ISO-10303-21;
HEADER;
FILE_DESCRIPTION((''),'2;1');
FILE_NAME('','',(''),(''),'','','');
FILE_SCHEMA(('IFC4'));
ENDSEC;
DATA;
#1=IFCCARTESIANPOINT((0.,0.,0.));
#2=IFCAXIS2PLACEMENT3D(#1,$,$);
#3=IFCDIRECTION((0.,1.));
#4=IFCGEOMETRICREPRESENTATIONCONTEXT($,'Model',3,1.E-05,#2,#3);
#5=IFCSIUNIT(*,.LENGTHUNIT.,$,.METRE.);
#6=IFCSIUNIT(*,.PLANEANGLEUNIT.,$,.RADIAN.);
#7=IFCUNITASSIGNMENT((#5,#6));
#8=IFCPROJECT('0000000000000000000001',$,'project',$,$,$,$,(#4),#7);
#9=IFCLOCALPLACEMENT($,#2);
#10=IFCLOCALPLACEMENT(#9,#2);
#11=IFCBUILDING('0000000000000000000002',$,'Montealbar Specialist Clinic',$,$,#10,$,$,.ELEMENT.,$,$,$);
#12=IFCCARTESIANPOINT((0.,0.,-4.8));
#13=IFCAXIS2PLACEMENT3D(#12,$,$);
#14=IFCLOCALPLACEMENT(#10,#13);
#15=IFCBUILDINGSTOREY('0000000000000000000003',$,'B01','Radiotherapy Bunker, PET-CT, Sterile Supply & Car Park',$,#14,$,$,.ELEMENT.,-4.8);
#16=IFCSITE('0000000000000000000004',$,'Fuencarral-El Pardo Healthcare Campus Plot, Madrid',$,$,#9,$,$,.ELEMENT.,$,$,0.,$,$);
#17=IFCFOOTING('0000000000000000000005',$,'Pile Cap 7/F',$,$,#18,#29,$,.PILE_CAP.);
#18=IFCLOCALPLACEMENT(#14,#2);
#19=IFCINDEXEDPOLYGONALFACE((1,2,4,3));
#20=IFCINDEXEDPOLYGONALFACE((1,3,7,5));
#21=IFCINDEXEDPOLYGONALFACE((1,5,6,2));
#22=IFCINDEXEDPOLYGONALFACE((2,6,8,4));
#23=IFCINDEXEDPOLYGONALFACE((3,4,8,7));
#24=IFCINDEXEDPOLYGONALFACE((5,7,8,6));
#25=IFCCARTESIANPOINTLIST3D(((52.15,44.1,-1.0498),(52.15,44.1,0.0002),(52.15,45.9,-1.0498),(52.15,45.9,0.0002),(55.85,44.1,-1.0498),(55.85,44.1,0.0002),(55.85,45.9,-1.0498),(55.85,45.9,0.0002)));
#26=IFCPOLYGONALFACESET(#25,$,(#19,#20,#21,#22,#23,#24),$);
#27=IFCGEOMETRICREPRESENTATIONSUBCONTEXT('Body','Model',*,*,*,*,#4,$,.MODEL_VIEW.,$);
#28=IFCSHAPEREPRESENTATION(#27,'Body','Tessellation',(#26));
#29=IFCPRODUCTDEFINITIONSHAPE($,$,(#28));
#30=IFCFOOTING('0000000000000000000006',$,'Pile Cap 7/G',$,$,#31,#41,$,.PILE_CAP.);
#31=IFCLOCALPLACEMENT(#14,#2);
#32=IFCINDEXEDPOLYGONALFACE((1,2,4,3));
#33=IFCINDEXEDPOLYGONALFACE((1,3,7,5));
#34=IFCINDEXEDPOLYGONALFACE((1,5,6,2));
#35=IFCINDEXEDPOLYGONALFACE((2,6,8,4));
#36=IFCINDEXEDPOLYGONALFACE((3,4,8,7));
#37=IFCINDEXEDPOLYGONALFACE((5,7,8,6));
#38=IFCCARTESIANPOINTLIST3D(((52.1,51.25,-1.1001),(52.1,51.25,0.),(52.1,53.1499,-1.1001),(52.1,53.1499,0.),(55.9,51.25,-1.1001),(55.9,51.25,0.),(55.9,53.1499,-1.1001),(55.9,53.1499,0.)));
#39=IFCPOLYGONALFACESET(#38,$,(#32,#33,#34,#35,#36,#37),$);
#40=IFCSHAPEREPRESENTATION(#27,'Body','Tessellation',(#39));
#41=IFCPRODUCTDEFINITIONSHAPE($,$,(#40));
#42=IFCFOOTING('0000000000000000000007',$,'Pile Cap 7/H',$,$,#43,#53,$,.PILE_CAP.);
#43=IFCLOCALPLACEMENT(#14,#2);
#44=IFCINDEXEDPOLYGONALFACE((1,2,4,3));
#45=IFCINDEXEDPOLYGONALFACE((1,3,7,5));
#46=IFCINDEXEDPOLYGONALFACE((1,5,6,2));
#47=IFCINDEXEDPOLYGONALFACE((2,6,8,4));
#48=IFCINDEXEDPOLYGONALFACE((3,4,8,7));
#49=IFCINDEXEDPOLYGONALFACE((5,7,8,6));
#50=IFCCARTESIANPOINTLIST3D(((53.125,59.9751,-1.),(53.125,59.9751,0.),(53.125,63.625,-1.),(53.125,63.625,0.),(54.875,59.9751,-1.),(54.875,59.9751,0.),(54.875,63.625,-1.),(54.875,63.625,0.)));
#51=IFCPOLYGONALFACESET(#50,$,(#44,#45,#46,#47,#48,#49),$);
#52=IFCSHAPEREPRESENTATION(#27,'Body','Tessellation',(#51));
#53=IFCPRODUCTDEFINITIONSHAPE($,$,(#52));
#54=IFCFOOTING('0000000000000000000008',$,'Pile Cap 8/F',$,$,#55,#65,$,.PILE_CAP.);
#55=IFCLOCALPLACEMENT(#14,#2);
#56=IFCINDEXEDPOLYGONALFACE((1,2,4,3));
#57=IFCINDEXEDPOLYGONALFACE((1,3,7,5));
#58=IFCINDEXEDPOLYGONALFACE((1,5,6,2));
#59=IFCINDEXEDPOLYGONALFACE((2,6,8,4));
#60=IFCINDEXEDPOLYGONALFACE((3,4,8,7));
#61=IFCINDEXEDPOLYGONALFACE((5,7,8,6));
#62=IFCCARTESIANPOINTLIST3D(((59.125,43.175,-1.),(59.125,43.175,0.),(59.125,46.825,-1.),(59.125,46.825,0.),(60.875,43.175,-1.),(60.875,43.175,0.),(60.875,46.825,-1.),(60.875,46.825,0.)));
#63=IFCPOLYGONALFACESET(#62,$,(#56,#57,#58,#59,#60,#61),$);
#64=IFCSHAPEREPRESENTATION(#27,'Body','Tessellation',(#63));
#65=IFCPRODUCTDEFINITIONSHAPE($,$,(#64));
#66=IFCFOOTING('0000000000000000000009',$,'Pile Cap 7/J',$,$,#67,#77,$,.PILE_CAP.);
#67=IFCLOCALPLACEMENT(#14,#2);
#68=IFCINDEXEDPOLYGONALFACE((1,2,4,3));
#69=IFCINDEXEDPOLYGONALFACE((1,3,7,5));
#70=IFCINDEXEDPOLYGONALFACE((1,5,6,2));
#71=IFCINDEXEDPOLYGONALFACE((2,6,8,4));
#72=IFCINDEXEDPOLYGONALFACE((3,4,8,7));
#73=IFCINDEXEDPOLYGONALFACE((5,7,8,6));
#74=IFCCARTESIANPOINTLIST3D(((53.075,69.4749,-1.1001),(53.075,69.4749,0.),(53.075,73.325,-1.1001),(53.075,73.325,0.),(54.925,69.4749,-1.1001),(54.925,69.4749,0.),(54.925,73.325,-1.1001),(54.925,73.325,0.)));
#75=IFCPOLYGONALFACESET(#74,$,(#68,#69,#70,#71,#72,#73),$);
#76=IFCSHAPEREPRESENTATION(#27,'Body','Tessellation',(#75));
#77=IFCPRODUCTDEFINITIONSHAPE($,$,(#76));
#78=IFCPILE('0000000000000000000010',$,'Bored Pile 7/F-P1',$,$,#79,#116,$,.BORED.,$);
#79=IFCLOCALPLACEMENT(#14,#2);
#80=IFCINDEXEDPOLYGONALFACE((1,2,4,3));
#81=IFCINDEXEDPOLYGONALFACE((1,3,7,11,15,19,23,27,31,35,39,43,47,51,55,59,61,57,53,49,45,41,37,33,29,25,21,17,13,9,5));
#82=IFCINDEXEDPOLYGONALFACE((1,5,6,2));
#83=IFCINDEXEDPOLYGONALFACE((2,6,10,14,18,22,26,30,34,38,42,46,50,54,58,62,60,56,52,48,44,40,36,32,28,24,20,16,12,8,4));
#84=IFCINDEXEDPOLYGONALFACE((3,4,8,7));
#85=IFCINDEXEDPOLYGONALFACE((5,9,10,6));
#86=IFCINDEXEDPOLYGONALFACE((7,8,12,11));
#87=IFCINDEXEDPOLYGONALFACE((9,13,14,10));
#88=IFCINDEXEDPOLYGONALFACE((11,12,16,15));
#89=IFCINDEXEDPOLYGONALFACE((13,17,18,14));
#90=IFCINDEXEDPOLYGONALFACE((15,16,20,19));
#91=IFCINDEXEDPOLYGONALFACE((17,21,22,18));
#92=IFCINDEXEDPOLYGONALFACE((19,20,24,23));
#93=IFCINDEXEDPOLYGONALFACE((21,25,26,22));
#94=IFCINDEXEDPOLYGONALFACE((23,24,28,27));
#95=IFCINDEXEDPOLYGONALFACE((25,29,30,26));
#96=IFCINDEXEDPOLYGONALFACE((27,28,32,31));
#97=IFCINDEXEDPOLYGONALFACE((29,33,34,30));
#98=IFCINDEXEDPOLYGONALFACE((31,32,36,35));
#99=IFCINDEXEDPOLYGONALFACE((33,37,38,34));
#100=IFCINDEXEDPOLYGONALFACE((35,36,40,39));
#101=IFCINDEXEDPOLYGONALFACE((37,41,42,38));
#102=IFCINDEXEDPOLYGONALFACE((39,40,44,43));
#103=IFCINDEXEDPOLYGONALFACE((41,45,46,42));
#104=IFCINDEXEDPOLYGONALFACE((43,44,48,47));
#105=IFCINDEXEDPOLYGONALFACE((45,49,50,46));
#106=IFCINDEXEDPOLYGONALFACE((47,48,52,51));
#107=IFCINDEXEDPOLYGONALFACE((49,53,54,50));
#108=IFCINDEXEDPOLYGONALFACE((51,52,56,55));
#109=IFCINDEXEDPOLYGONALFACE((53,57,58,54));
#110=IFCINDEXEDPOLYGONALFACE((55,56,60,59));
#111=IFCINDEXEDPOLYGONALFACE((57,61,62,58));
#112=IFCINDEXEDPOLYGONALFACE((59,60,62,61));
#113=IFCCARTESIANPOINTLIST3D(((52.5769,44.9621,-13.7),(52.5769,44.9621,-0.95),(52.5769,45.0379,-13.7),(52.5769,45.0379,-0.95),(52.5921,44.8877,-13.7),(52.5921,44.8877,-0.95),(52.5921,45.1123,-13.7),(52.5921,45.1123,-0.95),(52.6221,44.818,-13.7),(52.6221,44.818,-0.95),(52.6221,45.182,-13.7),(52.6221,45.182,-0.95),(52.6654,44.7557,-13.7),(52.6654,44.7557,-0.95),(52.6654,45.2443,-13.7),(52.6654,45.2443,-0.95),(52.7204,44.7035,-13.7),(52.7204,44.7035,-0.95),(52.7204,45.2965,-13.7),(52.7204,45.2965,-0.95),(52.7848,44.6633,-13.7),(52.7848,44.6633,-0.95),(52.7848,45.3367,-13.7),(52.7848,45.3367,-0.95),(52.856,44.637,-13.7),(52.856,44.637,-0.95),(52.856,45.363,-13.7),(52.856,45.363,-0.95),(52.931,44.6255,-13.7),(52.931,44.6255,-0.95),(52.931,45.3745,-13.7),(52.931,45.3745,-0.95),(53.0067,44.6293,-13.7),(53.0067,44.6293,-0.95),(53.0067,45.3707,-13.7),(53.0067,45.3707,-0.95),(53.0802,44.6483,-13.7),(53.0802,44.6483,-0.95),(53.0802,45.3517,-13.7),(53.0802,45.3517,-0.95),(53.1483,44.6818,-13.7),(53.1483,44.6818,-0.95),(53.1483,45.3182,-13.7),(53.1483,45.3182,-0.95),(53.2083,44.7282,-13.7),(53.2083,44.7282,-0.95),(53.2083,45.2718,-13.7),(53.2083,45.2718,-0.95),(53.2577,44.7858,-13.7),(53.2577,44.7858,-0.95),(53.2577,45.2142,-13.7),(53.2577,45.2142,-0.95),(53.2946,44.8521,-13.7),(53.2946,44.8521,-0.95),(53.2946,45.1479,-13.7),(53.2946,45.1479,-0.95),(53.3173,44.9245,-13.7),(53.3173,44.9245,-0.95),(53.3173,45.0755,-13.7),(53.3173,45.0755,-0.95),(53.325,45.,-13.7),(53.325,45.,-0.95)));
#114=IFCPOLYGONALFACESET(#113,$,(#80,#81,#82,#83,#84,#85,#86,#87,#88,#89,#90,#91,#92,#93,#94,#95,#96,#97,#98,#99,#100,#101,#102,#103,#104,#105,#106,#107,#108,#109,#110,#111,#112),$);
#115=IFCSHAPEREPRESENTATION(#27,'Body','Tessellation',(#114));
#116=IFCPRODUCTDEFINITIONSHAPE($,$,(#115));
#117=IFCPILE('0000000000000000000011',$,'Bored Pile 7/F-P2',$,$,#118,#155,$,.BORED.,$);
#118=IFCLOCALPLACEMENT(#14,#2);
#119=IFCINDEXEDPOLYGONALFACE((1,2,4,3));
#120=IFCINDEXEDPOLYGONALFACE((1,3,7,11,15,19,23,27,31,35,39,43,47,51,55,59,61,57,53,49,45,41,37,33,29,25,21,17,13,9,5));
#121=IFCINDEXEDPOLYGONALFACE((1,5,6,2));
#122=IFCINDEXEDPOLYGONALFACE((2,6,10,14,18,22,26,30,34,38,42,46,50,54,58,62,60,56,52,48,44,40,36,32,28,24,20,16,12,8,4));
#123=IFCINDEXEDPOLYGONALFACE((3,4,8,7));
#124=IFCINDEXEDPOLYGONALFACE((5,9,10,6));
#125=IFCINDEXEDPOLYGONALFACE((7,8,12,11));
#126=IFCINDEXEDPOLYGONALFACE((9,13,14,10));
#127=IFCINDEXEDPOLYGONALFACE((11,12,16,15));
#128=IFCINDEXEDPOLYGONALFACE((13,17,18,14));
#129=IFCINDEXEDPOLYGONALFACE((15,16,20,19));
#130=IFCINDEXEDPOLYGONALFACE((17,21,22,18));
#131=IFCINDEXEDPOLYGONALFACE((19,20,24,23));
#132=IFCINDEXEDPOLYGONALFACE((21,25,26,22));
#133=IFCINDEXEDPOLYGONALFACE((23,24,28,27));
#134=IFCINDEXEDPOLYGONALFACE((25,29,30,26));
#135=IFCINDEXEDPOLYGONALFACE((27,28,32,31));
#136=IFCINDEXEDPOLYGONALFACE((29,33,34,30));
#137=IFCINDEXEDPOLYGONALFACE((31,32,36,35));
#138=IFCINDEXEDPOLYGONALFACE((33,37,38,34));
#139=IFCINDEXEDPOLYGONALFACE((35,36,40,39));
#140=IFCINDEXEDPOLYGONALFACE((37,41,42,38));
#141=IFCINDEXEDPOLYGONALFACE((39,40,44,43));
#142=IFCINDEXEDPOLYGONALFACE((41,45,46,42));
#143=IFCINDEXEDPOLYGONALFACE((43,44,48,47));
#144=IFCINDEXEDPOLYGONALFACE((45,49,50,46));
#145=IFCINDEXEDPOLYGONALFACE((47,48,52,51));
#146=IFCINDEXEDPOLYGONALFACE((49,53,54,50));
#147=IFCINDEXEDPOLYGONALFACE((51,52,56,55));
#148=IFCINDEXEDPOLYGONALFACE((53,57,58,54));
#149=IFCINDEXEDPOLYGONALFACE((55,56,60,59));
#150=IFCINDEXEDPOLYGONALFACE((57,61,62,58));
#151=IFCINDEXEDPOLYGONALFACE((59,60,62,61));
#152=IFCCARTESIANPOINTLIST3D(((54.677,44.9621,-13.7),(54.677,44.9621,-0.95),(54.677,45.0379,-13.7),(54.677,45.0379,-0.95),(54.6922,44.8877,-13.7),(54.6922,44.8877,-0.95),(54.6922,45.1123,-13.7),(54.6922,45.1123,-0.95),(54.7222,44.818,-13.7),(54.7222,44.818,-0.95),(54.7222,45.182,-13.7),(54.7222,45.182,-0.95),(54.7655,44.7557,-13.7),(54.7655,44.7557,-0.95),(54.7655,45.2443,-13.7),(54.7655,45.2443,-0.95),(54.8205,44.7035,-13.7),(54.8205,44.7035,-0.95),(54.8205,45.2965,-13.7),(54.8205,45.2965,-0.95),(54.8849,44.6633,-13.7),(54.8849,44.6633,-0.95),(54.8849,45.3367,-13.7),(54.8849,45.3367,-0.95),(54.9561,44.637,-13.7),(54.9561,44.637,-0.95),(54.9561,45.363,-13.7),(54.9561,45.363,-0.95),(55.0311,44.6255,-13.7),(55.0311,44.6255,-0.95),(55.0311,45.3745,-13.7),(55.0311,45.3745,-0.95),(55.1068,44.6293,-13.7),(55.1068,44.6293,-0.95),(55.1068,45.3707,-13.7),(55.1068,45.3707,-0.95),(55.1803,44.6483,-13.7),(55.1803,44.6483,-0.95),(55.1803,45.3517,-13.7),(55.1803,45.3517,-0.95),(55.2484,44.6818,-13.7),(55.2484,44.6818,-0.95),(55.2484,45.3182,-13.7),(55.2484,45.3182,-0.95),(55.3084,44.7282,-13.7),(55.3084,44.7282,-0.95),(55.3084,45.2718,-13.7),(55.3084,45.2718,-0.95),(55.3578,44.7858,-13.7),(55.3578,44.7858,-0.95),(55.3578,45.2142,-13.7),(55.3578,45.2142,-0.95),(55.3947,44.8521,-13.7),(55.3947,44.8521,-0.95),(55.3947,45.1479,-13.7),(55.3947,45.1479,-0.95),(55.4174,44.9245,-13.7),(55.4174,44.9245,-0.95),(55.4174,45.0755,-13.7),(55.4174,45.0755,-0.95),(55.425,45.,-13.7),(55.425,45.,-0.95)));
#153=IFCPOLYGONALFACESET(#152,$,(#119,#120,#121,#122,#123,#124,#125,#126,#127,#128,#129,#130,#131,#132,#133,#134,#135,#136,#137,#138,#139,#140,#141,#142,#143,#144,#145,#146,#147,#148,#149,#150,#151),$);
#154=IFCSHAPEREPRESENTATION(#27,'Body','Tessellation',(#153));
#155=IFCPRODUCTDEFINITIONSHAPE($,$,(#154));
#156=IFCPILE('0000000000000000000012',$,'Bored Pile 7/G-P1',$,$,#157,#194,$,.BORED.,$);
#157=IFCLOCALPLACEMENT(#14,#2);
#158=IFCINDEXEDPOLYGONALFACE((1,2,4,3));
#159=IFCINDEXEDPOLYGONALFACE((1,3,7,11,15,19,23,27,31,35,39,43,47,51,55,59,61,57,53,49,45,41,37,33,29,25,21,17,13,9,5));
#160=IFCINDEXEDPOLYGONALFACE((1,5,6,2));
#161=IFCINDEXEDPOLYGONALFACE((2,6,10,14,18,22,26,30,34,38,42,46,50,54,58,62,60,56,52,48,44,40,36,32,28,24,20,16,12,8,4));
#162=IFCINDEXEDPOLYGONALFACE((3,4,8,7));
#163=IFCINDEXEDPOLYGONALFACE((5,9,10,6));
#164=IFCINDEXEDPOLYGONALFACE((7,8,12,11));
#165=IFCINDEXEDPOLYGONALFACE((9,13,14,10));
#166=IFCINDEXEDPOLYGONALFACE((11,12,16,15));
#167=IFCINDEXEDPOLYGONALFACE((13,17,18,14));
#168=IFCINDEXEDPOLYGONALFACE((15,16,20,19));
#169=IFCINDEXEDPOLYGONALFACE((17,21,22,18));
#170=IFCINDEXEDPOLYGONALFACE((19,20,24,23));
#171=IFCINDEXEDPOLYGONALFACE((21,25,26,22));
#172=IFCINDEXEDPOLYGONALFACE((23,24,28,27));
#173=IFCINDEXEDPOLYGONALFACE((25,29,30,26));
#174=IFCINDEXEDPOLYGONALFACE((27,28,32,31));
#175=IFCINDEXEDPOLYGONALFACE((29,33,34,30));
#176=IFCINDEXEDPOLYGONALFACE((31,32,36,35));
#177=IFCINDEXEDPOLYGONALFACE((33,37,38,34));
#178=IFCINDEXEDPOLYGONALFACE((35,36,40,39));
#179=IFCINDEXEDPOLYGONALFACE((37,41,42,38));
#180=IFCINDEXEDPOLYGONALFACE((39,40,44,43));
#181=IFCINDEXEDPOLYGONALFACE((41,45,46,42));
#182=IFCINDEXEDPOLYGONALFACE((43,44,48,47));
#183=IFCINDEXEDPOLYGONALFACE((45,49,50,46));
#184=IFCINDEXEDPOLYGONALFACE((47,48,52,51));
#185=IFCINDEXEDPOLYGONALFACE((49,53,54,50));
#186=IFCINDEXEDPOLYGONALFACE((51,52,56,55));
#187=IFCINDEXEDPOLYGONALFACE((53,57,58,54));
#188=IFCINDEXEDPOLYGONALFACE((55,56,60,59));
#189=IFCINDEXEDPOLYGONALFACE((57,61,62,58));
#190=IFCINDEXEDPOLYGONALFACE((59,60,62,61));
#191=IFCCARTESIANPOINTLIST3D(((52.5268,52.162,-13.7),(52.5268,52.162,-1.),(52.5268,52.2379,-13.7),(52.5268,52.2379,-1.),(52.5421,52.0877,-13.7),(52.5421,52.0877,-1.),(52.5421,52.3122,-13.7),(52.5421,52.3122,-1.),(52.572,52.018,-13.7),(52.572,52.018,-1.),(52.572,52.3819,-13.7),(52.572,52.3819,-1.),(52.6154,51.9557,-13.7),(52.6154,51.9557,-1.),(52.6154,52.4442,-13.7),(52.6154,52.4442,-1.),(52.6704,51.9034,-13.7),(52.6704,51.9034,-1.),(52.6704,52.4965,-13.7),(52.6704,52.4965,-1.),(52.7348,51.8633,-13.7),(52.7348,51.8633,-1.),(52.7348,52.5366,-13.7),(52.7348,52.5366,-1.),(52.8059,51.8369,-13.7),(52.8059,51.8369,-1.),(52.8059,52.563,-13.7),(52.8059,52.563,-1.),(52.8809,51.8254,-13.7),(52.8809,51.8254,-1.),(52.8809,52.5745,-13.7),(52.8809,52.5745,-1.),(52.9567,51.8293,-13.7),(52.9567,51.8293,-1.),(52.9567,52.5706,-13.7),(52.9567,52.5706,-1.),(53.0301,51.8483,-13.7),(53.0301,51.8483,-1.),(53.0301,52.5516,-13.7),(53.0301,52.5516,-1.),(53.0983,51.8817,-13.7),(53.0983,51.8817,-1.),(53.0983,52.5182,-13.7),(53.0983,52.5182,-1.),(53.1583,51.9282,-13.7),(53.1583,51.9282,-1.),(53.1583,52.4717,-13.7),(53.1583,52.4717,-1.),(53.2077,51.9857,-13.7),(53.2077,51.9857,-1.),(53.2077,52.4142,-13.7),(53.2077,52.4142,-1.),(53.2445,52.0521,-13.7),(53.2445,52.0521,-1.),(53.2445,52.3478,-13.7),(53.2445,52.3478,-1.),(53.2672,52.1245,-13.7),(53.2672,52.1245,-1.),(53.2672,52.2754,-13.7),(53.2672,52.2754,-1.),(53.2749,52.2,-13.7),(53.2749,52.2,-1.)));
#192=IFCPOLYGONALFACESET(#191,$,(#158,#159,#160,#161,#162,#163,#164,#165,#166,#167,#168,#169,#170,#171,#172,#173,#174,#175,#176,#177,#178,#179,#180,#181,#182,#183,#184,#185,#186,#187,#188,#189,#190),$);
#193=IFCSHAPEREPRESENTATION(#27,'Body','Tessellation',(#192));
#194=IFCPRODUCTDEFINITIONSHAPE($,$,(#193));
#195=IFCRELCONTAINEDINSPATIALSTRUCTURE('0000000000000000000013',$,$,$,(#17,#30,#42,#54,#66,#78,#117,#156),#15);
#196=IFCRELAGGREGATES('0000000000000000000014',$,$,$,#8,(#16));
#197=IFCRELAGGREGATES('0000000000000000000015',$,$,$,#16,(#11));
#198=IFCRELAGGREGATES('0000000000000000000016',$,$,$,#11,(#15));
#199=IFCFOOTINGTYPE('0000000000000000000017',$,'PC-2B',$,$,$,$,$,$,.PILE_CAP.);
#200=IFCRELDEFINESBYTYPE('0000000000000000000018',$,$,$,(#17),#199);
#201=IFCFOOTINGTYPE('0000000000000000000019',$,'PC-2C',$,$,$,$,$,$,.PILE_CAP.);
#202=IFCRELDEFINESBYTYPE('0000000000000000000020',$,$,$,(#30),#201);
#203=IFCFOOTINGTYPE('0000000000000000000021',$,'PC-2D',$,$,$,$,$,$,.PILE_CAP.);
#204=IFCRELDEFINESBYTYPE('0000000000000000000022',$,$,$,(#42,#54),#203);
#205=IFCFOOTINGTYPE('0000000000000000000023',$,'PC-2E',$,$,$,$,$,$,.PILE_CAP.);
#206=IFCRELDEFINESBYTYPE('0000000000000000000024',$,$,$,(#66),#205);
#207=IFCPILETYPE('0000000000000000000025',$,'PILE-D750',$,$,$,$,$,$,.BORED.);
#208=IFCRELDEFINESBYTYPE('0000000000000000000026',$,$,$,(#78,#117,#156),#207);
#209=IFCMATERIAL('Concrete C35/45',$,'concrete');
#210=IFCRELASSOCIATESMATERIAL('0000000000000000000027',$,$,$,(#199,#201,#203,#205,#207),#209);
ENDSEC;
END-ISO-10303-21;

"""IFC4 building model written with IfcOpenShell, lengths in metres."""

from ifc_helpers import new_model, si_unit, direction, frame, origin, origin_2d, place, context, subcontext, project, spatial, rectangle, circle, extrude, material, material_profile, profile_set, type_object, element, save


model = new_model("IFC4")

# Units and contexts
model_context = context("Model", 3, precision=1e-05, world=origin(), true_north=direction((0.0, 1.0)))
body_context = subcontext(model_context, "Body", "Model", "MODEL_VIEW")
ifc_project = project(units=[si_unit("LENGTHUNIT", "METRE"), si_unit("PLANEANGLEUNIT", "RADIAN")], contexts=[model_context])

# Site, building, storey
site_placement = place(None, origin())
site = spatial("IfcSite", under=ifc_project, at=site_placement, Name="Fuencarral-El Pardo Healthcare Campus Plot, Madrid", CompositionType="ELEMENT", RefElevation=0.0)
building_placement = place(site_placement, origin())
building = spatial("IfcBuilding", under=site, at=building_placement, Name="Montealbar Specialist Clinic", CompositionType="ELEMENT")
storey_placement = place(building_placement, frame((0.0, 0.0, -4.8)))
storey = spatial("IfcBuildingStorey", under=building, at=storey_placement, Name="B01", Description="Radiotherapy Bunker, PET-CT, Sterile Supply & Car Park", CompositionType="ELEMENT", Elevation=-4.8)

# Footings
ifc_material_1 = material(Name="Concrete C35/45", Category="concrete")
footing_type_1 = type_object("IfcFootingType", Name="PC-2B", PredefinedType="PILE_CAP", material=ifc_material_1)
footing_1_placement = place(storey_placement, frame((54.0, 45.0, -1.0498), z_axis=(0.0, 0.0, 1.0), x_axis=(1.0, 0.0, 0.0)))
element("IfcFooting", 1, at=footing_1_placement, inside=storey, type_object=footing_type_1, Name="Pile Cap 7/F", PredefinedType="PILE_CAP", context=body_context, shape_type="SweptSolid", body=[
    extrude(rectangle(XDim=3.7, YDim=1.8, at=origin_2d()), origin(), (0.0, 0.0, 1.0), 1.05),
])
footing_type_2 = type_object("IfcFootingType", Name="PC-2C", PredefinedType="PILE_CAP", material=ifc_material_1)
footing_2_placement = place(storey_placement, frame((54.0, 52.2, -1.1001), z_axis=(0.0, 0.0, 1.0), x_axis=(1.0, 0.0, 0.0)))
element("IfcFooting", 2, at=footing_2_placement, inside=storey, type_object=footing_type_2, Name="Pile Cap 7/G", PredefinedType="PILE_CAP", context=body_context, shape_type="SweptSolid", body=[
    extrude(rectangle(XDim=3.8, YDim=1.8999, at=origin_2d()), origin(), (0.0, 0.0, 1.0), 1.1001),
])
footing_type_3 = type_object("IfcFootingType", Name="PC-2D", PredefinedType="PILE_CAP", material=ifc_material_1)
for number, where, z_axis, x_axis, name in (
    (3, (54.0, 61.8, -1.0), (0.0, 0.0, 1.0), (1.0, 0.0, 0.0), "Pile Cap 7/H"),
    (4, (60.0, 45.0, -1.0), (0.0, 0.0, 1.0), (1.0, 0.0, 0.0), "Pile Cap 8/F"),
):
    element("IfcFooting", number, at=place(storey_placement, frame(where, z_axis=z_axis, x_axis=x_axis)), inside=storey, type_object=footing_type_3, Name=name, PredefinedType="PILE_CAP", context=body_context, shape_type="SweptSolid", body=[
        extrude(rectangle(XDim=1.75, YDim=3.6499, at=origin_2d()), origin(), (0.0, 0.0, 1.0), 1.0),
    ])
footing_type_4 = type_object("IfcFootingType", Name="PC-2E", PredefinedType="PILE_CAP", material=ifc_material_1)
footing_3_placement = place(storey_placement, frame((54.0, 71.3999, -1.1001), z_axis=(0.0, 0.0, 1.0), x_axis=(1.0, 0.0, 0.0)))
element("IfcFooting", 5, at=footing_3_placement, inside=storey, type_object=footing_type_4, Name="Pile Cap 7/J", PredefinedType="PILE_CAP", context=body_context, shape_type="SweptSolid", body=[
    extrude(rectangle(XDim=1.8501, YDim=3.8501, at=origin_2d()), origin(), (0.0, 0.0, 1.0), 1.1001),
])

# Piles
ifc_material_profile_1 = material_profile(ifc_material_1, circle(Radius=0.375, at=origin_2d()), Name="PILE D750", Category="concrete")
ifc_profile_set_1 = profile_set([ifc_material_profile_1], Name="Concrete C35/45")
pile_type_1 = type_object("IfcPileType", Name="PILE-D750", PredefinedType="BORED", material=ifc_profile_set_1)
for number, where, z_axis, x_axis, name in (
    (6, (52.95, 45.0, -0.95), (0.0, 0.0, -1.0), (1.0, 0.0, 0.0), "Bored Pile 7/F-P1"),
    (7, (55.05, 45.0, -0.95), (0.0, 0.0, -1.0), (1.0, 0.0, 0.0), "Bored Pile 7/F-P2"),
):
    element("IfcPile", number, at=place(storey_placement, frame(where, z_axis=z_axis, x_axis=x_axis)), inside=storey, type_object=pile_type_1, Name=name, PredefinedType="BORED", context=body_context, shape_type="SweptSolid", body=[
        extrude(circle(Radius=0.375, at=origin_2d()), origin(), (0.0, 0.0, 1.0), 12.75),
    ])
for number, where, z_axis, x_axis, name in (
    (8, (52.8999, 52.2, -1.0), (0.0, 0.0, -1.0), (1.0, 0.0, 0.0), "Bored Pile 7/G-P1"),
):
    element("IfcPile", number, at=place(storey_placement, frame(where, z_axis=z_axis, x_axis=x_axis)), inside=storey, type_object=pile_type_1, Name=name, PredefinedType="BORED", context=body_context, shape_type="SweptSolid", body=[
        extrude(circle(Radius=0.375, at=origin_2d()), origin(), (0.0, 0.0, 1.0), 12.7),
    ])

save(model, "model.ifc")
